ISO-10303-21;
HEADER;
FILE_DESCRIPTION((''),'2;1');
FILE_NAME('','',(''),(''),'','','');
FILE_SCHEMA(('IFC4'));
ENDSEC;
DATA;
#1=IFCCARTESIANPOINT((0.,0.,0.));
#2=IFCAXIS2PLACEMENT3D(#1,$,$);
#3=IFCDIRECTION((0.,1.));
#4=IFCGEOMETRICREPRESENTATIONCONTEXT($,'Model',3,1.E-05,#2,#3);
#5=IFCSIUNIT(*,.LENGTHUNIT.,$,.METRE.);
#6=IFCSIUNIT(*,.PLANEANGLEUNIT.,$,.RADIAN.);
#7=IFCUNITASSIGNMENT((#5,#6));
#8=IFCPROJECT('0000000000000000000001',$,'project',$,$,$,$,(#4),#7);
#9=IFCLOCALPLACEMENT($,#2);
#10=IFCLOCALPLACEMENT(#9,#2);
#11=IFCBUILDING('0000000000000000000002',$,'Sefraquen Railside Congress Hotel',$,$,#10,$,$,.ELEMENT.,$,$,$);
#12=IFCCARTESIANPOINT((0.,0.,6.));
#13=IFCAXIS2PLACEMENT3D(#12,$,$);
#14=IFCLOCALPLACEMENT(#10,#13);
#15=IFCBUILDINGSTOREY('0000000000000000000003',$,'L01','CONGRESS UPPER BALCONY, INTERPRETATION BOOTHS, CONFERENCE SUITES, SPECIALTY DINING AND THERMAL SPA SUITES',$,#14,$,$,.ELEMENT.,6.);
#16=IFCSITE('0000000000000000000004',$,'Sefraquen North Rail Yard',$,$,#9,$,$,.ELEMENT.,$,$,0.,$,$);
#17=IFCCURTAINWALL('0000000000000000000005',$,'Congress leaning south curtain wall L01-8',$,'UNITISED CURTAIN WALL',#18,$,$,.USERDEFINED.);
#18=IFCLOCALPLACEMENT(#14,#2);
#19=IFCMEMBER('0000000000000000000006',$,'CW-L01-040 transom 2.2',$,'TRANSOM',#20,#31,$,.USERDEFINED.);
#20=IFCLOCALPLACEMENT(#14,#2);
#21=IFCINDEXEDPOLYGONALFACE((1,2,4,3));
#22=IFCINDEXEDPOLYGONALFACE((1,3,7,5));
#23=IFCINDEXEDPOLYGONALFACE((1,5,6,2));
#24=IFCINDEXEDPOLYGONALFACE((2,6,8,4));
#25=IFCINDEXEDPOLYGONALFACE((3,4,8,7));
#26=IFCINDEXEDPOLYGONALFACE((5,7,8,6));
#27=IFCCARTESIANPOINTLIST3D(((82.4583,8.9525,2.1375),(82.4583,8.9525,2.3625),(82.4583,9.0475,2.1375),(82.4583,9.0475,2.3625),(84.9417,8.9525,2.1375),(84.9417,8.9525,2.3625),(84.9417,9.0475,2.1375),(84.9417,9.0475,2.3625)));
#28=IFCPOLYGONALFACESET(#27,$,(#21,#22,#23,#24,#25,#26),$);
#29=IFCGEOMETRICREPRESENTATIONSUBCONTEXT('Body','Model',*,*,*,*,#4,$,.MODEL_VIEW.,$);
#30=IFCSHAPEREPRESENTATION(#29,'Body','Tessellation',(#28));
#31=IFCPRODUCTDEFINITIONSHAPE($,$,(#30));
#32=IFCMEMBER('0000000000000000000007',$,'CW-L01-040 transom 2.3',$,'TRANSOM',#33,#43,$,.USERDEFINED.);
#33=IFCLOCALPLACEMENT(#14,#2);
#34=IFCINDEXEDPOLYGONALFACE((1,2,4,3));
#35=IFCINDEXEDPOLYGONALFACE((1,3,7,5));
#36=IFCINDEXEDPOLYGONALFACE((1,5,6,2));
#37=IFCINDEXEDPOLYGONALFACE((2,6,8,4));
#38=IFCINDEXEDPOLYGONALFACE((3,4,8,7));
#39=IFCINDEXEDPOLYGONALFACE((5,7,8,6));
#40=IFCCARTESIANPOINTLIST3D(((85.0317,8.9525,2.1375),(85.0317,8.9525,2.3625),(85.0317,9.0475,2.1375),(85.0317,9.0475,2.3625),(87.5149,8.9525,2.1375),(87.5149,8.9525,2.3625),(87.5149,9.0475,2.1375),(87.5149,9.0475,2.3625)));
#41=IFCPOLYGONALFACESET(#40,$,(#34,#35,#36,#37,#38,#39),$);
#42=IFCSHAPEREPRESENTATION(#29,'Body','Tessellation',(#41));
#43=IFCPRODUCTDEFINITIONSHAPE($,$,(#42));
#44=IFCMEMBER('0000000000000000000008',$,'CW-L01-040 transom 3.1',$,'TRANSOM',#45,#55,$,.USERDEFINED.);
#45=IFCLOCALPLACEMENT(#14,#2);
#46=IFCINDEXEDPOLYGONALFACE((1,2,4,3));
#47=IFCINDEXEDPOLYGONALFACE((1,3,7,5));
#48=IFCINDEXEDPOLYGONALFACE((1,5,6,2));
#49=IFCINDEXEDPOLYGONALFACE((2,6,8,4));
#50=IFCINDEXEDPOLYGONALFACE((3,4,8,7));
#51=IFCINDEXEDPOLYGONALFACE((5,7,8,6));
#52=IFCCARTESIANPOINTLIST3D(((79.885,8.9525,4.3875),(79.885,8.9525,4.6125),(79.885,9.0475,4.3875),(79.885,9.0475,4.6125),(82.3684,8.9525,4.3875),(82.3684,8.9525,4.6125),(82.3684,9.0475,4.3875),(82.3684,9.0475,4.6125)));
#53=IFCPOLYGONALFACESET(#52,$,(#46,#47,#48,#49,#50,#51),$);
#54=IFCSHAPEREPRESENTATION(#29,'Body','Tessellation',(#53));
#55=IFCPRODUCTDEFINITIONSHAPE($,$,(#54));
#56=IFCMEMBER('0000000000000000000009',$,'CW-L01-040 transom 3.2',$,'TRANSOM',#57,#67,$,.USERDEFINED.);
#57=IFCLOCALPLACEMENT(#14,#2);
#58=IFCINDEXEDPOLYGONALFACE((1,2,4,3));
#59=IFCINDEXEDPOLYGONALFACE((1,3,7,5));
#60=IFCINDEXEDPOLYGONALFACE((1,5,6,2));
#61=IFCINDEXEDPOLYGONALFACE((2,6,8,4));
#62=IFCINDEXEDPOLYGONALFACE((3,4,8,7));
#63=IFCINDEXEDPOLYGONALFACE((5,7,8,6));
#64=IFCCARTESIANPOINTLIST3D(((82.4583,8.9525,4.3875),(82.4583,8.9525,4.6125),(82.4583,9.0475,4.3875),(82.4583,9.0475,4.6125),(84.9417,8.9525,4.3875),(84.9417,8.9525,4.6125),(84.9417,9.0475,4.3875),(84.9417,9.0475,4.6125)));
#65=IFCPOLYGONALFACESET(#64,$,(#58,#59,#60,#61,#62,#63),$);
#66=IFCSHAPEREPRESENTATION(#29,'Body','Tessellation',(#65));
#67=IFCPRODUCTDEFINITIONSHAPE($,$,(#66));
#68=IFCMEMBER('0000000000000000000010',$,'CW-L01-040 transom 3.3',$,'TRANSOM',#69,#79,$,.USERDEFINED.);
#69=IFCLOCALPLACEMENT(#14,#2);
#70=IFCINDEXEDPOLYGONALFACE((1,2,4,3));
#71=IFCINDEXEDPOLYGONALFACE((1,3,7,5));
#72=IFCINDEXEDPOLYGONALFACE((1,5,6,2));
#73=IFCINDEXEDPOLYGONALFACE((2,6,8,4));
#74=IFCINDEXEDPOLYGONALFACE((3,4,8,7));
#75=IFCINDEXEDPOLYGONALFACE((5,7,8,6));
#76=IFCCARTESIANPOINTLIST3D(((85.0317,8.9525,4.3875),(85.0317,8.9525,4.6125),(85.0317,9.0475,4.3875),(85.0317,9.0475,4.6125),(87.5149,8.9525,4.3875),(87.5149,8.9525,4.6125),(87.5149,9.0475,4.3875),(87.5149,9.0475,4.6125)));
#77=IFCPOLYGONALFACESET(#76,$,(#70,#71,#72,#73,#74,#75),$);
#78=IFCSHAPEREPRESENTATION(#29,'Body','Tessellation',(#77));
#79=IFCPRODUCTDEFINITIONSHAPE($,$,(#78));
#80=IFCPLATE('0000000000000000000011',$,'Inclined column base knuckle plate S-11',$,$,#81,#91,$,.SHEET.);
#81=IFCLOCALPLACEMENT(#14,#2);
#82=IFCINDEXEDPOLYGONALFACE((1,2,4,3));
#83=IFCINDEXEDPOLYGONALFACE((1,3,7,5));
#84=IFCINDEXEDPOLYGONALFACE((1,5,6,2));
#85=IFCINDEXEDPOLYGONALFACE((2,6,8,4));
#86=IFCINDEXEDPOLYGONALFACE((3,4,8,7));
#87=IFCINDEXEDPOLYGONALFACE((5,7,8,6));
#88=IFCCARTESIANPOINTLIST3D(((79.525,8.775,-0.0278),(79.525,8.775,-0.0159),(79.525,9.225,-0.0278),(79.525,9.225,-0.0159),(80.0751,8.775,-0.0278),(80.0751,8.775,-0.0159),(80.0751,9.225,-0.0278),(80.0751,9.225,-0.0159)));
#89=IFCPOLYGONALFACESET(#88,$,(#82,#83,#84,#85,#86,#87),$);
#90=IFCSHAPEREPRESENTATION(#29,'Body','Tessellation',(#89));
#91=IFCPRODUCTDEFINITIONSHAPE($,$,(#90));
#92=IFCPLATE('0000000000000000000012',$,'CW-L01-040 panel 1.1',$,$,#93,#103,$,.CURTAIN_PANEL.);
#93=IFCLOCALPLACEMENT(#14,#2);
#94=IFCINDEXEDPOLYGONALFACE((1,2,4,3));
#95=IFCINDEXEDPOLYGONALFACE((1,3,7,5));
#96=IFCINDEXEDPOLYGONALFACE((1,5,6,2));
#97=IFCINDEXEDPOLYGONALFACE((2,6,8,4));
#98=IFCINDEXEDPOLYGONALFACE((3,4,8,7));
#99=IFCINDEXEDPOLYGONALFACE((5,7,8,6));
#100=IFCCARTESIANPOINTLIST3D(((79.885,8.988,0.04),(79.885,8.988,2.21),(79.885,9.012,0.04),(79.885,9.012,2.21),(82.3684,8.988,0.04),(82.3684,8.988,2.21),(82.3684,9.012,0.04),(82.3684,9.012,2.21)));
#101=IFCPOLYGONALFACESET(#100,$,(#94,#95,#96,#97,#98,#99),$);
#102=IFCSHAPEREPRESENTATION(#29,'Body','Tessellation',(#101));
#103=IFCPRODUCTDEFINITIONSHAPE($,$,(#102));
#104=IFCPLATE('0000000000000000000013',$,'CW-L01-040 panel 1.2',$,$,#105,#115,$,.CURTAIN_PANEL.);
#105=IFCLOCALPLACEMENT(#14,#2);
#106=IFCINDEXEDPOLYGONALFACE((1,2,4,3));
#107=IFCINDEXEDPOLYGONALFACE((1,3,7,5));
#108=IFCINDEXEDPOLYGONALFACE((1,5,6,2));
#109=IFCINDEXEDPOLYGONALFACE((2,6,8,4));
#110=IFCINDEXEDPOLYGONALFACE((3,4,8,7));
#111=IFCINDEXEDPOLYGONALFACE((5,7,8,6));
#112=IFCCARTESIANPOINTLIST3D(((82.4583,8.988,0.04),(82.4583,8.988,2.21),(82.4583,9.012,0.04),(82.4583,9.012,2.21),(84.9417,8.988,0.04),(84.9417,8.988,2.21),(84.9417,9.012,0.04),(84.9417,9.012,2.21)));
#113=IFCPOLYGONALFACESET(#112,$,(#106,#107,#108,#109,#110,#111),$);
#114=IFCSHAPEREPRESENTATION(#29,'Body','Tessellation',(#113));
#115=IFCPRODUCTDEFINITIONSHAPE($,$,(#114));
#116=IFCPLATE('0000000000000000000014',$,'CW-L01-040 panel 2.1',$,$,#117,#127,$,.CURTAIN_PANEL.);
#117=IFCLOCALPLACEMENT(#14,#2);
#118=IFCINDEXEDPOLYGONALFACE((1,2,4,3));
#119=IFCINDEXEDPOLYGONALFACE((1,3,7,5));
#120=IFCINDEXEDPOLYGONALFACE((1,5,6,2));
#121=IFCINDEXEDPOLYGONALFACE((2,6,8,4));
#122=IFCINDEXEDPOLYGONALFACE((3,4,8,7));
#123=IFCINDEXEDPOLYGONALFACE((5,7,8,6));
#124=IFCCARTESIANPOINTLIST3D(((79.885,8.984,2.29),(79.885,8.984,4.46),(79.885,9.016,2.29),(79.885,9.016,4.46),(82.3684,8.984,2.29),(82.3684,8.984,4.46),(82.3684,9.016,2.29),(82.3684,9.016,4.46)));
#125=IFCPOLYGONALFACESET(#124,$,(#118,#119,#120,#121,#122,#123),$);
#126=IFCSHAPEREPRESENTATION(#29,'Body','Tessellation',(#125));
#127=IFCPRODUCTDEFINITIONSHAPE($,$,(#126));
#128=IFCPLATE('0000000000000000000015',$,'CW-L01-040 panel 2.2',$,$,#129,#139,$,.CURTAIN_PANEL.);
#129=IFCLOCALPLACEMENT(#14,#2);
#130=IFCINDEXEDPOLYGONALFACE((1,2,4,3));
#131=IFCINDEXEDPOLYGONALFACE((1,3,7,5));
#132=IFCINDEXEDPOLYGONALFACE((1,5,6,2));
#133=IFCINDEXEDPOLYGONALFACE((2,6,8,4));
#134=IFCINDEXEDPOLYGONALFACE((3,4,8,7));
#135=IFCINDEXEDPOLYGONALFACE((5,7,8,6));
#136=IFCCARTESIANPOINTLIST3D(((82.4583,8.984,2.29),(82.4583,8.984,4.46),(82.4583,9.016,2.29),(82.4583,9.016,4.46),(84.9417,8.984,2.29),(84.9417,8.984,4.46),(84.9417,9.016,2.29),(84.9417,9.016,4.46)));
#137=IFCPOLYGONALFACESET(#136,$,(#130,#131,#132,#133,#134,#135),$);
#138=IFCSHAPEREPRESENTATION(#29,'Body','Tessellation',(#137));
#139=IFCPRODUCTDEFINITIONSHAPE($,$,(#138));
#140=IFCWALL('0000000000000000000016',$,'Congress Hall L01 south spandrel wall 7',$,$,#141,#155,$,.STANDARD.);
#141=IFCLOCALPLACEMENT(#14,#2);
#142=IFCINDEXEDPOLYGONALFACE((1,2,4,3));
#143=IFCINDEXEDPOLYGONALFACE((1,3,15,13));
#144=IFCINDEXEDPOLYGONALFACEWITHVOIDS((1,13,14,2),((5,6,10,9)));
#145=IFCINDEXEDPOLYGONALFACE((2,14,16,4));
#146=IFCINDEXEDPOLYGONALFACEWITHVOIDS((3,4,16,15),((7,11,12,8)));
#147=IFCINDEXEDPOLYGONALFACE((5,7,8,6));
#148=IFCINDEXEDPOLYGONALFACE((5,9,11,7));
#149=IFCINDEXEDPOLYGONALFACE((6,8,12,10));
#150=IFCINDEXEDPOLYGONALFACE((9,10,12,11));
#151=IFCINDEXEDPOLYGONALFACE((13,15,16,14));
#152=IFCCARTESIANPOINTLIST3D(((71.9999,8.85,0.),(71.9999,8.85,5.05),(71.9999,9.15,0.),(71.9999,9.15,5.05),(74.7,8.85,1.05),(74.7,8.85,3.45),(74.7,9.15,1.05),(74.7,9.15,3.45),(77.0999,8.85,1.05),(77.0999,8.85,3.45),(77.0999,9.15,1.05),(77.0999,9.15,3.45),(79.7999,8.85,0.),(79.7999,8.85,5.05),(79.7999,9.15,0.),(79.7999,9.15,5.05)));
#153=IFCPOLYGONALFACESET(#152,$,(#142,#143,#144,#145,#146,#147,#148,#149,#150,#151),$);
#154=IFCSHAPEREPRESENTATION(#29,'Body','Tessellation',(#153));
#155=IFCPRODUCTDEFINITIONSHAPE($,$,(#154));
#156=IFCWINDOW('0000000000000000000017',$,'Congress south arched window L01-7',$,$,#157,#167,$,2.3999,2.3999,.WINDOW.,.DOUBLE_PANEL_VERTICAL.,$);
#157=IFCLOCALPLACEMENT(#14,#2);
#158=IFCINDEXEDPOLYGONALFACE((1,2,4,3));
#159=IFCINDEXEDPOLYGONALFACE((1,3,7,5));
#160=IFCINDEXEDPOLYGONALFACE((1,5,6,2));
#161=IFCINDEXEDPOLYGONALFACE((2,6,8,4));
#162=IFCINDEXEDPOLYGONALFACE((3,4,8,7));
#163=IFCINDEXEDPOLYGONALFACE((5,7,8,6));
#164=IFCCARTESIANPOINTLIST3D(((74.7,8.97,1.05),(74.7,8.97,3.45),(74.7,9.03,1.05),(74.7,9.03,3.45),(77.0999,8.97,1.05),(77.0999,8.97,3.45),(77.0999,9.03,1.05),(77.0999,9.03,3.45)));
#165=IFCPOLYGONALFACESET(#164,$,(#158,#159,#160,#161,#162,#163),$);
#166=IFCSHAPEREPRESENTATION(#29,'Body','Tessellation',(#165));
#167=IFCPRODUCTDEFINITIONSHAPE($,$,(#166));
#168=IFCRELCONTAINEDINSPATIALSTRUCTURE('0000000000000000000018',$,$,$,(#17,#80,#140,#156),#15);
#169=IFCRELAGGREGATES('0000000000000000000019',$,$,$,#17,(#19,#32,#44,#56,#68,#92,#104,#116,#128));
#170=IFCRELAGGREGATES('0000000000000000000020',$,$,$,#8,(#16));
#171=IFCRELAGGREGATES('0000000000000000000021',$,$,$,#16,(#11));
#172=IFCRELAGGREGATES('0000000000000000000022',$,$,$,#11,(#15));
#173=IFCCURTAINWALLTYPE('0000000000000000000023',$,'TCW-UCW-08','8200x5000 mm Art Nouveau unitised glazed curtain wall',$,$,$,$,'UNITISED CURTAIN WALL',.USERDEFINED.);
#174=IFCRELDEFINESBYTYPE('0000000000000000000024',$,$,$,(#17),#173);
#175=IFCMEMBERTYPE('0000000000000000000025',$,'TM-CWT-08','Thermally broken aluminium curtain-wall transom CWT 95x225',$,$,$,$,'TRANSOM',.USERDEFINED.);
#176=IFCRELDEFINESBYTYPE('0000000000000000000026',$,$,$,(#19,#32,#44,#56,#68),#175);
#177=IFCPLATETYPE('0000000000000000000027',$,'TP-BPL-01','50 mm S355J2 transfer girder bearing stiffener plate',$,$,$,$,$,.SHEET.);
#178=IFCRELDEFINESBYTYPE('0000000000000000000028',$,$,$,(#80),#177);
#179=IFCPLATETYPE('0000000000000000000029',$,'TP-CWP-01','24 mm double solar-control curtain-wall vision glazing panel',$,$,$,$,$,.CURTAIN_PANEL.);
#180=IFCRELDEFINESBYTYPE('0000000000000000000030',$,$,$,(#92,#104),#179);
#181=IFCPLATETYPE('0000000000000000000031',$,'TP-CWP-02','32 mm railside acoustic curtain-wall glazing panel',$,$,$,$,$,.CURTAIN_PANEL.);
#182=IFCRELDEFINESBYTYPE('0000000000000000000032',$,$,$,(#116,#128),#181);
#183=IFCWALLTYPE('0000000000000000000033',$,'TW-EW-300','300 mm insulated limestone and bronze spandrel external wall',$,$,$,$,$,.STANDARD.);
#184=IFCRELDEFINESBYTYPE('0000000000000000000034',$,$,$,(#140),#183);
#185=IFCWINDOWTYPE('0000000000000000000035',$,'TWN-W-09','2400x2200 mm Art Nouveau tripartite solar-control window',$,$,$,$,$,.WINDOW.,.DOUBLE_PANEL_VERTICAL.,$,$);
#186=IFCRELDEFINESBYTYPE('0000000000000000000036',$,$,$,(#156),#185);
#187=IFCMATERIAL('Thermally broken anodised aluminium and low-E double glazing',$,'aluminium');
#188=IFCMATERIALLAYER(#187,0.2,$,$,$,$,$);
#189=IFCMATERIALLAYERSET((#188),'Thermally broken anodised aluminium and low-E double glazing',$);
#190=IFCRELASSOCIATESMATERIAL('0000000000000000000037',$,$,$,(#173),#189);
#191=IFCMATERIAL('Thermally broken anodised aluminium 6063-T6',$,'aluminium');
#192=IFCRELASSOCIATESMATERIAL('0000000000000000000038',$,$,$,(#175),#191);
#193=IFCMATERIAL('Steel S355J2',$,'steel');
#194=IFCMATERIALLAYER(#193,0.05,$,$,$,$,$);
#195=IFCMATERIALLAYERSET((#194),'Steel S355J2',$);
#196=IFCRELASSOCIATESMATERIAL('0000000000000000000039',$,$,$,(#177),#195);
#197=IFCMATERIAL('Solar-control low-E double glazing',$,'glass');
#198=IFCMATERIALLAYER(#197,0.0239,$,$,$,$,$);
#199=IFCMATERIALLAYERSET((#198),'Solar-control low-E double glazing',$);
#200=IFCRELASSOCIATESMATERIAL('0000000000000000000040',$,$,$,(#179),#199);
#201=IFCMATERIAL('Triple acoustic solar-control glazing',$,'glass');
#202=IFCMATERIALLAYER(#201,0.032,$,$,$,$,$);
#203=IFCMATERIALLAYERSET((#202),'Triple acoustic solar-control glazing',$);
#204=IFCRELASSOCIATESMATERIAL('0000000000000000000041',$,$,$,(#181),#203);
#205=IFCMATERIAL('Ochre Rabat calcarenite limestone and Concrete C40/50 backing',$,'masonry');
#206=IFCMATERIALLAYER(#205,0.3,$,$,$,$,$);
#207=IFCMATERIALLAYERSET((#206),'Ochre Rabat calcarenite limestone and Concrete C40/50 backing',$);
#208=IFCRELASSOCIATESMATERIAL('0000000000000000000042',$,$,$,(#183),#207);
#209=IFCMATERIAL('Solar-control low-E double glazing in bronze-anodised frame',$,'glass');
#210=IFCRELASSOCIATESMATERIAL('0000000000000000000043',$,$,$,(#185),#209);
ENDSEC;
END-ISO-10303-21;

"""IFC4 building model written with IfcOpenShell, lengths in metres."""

from ifc_helpers import new_model, si_unit, direction, frame, frame_2d, origin, origin_2d, place, context, subcontext, project, spatial, rectangle, extrude, material, layer, layer_set, material_profile, profile_set, type_object, element, fill, aggregate, save


model = new_model("IFC4")

# Units and contexts
model_context = context("Model", 3, precision=1e-05, world=origin(), true_north=direction((0.0, 1.0)))
body_context = subcontext(model_context, "Body", "Model", "MODEL_VIEW")
ifc_project = project(units=[si_unit("LENGTHUNIT", "METRE"), si_unit("PLANEANGLEUNIT", "RADIAN")], contexts=[model_context])

# Site, building, storey
site_placement = place(None, origin())
site = spatial("IfcSite", under=ifc_project, at=site_placement, Name="Sefraquen North Rail Yard", CompositionType="ELEMENT", RefElevation=0.0)
building_placement = place(site_placement, origin())
building = spatial("IfcBuilding", under=site, at=building_placement, Name="Sefraquen Railside Congress Hotel", CompositionType="ELEMENT")
storey_placement = place(building_placement, frame((0.0, 0.0, 6.0)))
storey = spatial("IfcBuildingStorey", under=building, at=storey_placement, Name="L01", Description="CONGRESS UPPER BALCONY, INTERPRETATION BOOTHS, CONFERENCE SUITES, SPECIALTY DINING AND THERMAL SPA SUITES", CompositionType="ELEMENT", Elevation=6.0)

# Shared definitions
ifc_material_1 = material(Name="Steel S355J2", Category="steel")

# Curtain wall, members
ifc_material_2 = material(Name="Thermally broken anodised aluminium and low-E double glazing", Category="aluminium")
ifc_layer_1 = layer(ifc_material_2, 0.2)
ifc_layer_set_1 = layer_set([ifc_layer_1], Name="Thermally broken anodised aluminium and low-E double glazing")
curtain_wall_type = type_object("IfcCurtainWallType", Name="TCW-UCW-08", Description="8200x5000 mm Art Nouveau unitised glazed curtain wall", ElementType="UNITISED CURTAIN WALL", PredefinedType="USERDEFINED", material=ifc_layer_set_1)
curtain_wall_placement = place(storey_placement, origin())
curtain_wall = element("IfcCurtainWall", 1, at=curtain_wall_placement, inside=storey, type_object=curtain_wall_type, Name="Congress leaning south curtain wall L01-8", ObjectType="UNITISED CURTAIN WALL", PredefinedType="USERDEFINED")
ifc_material_3 = material(Name="Thermally broken anodised aluminium 6063-T6", Category="aluminium")
ifc_material_profile_1 = material_profile(ifc_material_3, rectangle(XDim=0.095, YDim=0.2251, at=origin_2d()), Name="CWT 95x225")
ifc_profile_set_1 = profile_set([ifc_material_profile_1], Name="Thermally broken anodised aluminium 6063-T6")
member_type_1 = type_object("IfcMemberType", Name="TM-CWT-08", Description="Thermally broken aluminium curtain-wall transom CWT 95x225", ElementType="TRANSOM", PredefinedType="USERDEFINED", material=ifc_profile_set_1)
member_1_placement = place(storey_placement, frame((82.4583, 9.0, 2.25), z_axis=(1.0, 0.0, 0.0), x_axis=(0.0, 1.0, 0.0)))
member_1 = element("IfcMember", 2, at=member_1_placement, type_object=member_type_1, Name="CW-L01-040 transom 2.2", ObjectType="TRANSOM", PredefinedType="USERDEFINED", context=body_context, shape_type="SweptSolid", body=[
    extrude(rectangle(XDim=0.095, YDim=0.2251, at=origin_2d()), origin(), (0.0, 0.0, 1.0), 2.4834),
])
member_2_placement = place(storey_placement, frame((85.0317, 9.0, 2.25), z_axis=(1.0, 0.0, 0.0), x_axis=(0.0, 1.0, 0.0)))
member_2 = element("IfcMember", 3, at=member_2_placement, type_object=member_type_1, Name="CW-L01-040 transom 2.3", ObjectType="TRANSOM", PredefinedType="USERDEFINED", context=body_context, shape_type="SweptSolid", body=[
    extrude(rectangle(XDim=0.095, YDim=0.2251, at=origin_2d()), origin(), (0.0, 0.0, 1.0), 2.4832),
])
member_3_placement = place(storey_placement, frame((79.885, 9.0, 4.5), z_axis=(1.0, 0.0, 0.0), x_axis=(0.0, 1.0, 0.0)))
member_3 = element("IfcMember", 4, at=member_3_placement, type_object=member_type_1, Name="CW-L01-040 transom 3.1", ObjectType="TRANSOM", PredefinedType="USERDEFINED", context=body_context, shape_type="SweptSolid", body=[
    extrude(rectangle(XDim=0.095, YDim=0.2251, at=origin_2d()), origin(), (0.0, 0.0, 1.0), 2.4834),
])
member_4_placement = place(storey_placement, frame((82.4583, 9.0, 4.5), z_axis=(1.0, 0.0, 0.0), x_axis=(0.0, 1.0, 0.0)))
member_4 = element("IfcMember", 5, at=member_4_placement, type_object=member_type_1, Name="CW-L01-040 transom 3.2", ObjectType="TRANSOM", PredefinedType="USERDEFINED", context=body_context, shape_type="SweptSolid", body=[
    extrude(rectangle(XDim=0.095, YDim=0.2251, at=origin_2d()), origin(), (0.0, 0.0, 1.0), 2.4834),
])
member_5_placement = place(storey_placement, frame((85.0317, 9.0, 4.5), z_axis=(1.0, 0.0, 0.0), x_axis=(0.0, 1.0, 0.0)))
member_5 = element("IfcMember", 6, at=member_5_placement, type_object=member_type_1, Name="CW-L01-040 transom 3.3", ObjectType="TRANSOM", PredefinedType="USERDEFINED", context=body_context, shape_type="SweptSolid", body=[
    extrude(rectangle(XDim=0.095, YDim=0.2251, at=origin_2d()), origin(), (0.0, 0.0, 1.0), 2.4832),
])

# Plates
ifc_layer_2 = layer(ifc_material_1, 0.05)
ifc_layer_set_2 = layer_set([ifc_layer_2], Name="Steel S355J2")
plate_type_1 = type_object("IfcPlateType", Name="TP-BPL-01", Description="50 mm S355J2 transfer girder bearing stiffener plate", PredefinedType="SHEET", material=ifc_layer_set_2)
plate_1_placement = place(storey_placement, frame((79.8, 9.0, -0.0278), z_axis=(0.0, 0.0, 1.0), x_axis=(1.0, 0.0, 0.0)))
element("IfcPlate", 7, at=plate_1_placement, inside=storey, type_object=plate_type_1, Name="Inclined column base knuckle plate S-11", PredefinedType="SHEET", context=body_context, shape_type="SweptSolid", body=[
    extrude(rectangle(XDim=0.55, YDim=0.45, at=origin_2d()), origin(), (0.0, 0.0, 1.0), 0.012),
])
ifc_material_4 = material(Name="Solar-control low-E double glazing", Category="glass")
ifc_layer_3 = layer(ifc_material_4, 0.0239)
ifc_layer_set_3 = layer_set([ifc_layer_3], Name="Solar-control low-E double glazing")
plate_type_2 = type_object("IfcPlateType", Name="TP-CWP-01", Description="24 mm double solar-control curtain-wall vision glazing panel", PredefinedType="CURTAIN_PANEL", material=ifc_layer_set_3)
plate_2_placement = place(storey_placement, frame((81.1267, 9.0, 0.04), z_axis=(0.0, 0.0, 1.0), x_axis=(1.0, 0.0, 0.0)))
plate_2 = element("IfcPlate", 8, at=plate_2_placement, type_object=plate_type_2, Name="CW-L01-040 panel 1.1", PredefinedType="CURTAIN_PANEL", context=body_context, shape_type="SweptSolid", body=[
    extrude(rectangle(XDim=2.4834, YDim=0.0239, at=origin_2d()), origin(), (0.0, 0.0, 1.0), 2.1699),
])
plate_3_placement = place(storey_placement, frame((83.7, 9.0, 0.04), z_axis=(0.0, 0.0, 1.0), x_axis=(1.0, 0.0, 0.0)))
plate_3 = element("IfcPlate", 9, at=plate_3_placement, type_object=plate_type_2, Name="CW-L01-040 panel 1.2", PredefinedType="CURTAIN_PANEL", context=body_context, shape_type="SweptSolid", body=[
    extrude(rectangle(XDim=2.4834, YDim=0.0239, at=origin_2d()), origin(), (0.0, 0.0, 1.0), 2.1699),
])
ifc_material_5 = material(Name="Triple acoustic solar-control glazing", Category="glass")
ifc_layer_4 = layer(ifc_material_5, 0.032)
ifc_layer_set_4 = layer_set([ifc_layer_4], Name="Triple acoustic solar-control glazing")
plate_type_3 = type_object("IfcPlateType", Name="TP-CWP-02", Description="32 mm railside acoustic curtain-wall glazing panel", PredefinedType="CURTAIN_PANEL", material=ifc_layer_set_4)
plate_4_placement = place(storey_placement, frame((81.1267, 9.0, 2.29), z_axis=(0.0, 0.0, 1.0), x_axis=(1.0, 0.0, 0.0)))
plate_4 = element("IfcPlate", 10, at=plate_4_placement, type_object=plate_type_3, Name="CW-L01-040 panel 2.1", PredefinedType="CURTAIN_PANEL", context=body_context, shape_type="SweptSolid", body=[
    extrude(rectangle(XDim=2.4834, YDim=0.032, at=origin_2d()), origin(), (0.0, 0.0, 1.0), 2.1699),
])
plate_5_placement = place(storey_placement, frame((83.7, 9.0, 2.29), z_axis=(0.0, 0.0, 1.0), x_axis=(1.0, 0.0, 0.0)))
plate_5 = element("IfcPlate", 11, at=plate_5_placement, type_object=plate_type_3, Name="CW-L01-040 panel 2.2", PredefinedType="CURTAIN_PANEL", context=body_context, shape_type="SweptSolid", body=[
    extrude(rectangle(XDim=2.4834, YDim=0.032, at=origin_2d()), origin(), (0.0, 0.0, 1.0), 2.1699),
])
aggregate(curtain_wall, [member_1, member_2, member_3, member_4, member_5, plate_2, plate_3, plate_4, plate_5])

# Wall, opening, window
ifc_material_6 = material(Name="Ochre Rabat calcarenite limestone and Concrete C40/50 backing", Category="masonry")
ifc_layer_5 = layer(ifc_material_6, 0.3)
ifc_layer_set_5 = layer_set([ifc_layer_5], Name="Ochre Rabat calcarenite limestone and Concrete C40/50 backing")
wall_type = type_object("IfcWallType", Name="TW-EW-300", Description="300 mm insulated limestone and bronze spandrel external wall", PredefinedType="STANDARD", material=ifc_layer_set_5)
wall_placement = place(storey_placement, frame((72.0, 9.0, 0.0), z_axis=(0.0, 0.0, 1.0), x_axis=(1.0, 0.0, 0.0)))
wall = element("IfcWall", 12, at=wall_placement, inside=storey, type_object=wall_type, Name="Congress Hall L01 south spandrel wall 7", PredefinedType="STANDARD", context=body_context, shape_type="SweptSolid", body=[
    extrude(rectangle(XDim=7.8, YDim=0.3, at=frame_2d((3.8999, 0.0))), origin(), (0.0, 0.0, 1.0), 5.05),
])
opening_placement = place(wall_placement, frame((2.7, 0.0, 1.05)))
opening = element("IfcOpeningElement", 13, at=opening_placement, cuts=wall, PredefinedType="OPENING", context=body_context, shape_type="SweptSolid", body=[
    extrude(rectangle(XDim=2.3999, YDim=2.3999, at=frame_2d((1.2, 1.2))), frame((0.0, 0.1599, 0.0), z_axis=(0.0, -1.0, 0.0), x_axis=(1.0, 0.0, 0.0)), (0.0, 0.0, 1.0), 0.3201),
])
ifc_material_7 = material(Name="Solar-control low-E double glazing in bronze-anodised frame", Category="glass")
window_type = type_object("IfcWindowType", Name="TWN-W-09", Description="2400x2200 mm Art Nouveau tripartite solar-control window", PartitioningType="DOUBLE_PANEL_VERTICAL", PredefinedType="WINDOW", material=ifc_material_7)
window_placement = place(opening_placement, origin())
window = element("IfcWindow", 14, at=window_placement, inside=storey, type_object=window_type, Name="Congress south arched window L01-7", OverallHeight=2.3999, OverallWidth=2.3999, PartitioningType="DOUBLE_PANEL_VERTICAL", PredefinedType="WINDOW", context=body_context, shape_type="SweptSolid", body=[
    extrude(rectangle(XDim=2.3999, YDim=2.3999, at=frame_2d((1.2, 1.2))), frame((0.0, 0.03, 0.0), z_axis=(0.0, -1.0, 0.0), x_axis=(1.0, 0.0, 0.0)), (0.0, 0.0, 1.0), 0.0601),
])
fill(opening, window)

save(model, "model.ifc")
